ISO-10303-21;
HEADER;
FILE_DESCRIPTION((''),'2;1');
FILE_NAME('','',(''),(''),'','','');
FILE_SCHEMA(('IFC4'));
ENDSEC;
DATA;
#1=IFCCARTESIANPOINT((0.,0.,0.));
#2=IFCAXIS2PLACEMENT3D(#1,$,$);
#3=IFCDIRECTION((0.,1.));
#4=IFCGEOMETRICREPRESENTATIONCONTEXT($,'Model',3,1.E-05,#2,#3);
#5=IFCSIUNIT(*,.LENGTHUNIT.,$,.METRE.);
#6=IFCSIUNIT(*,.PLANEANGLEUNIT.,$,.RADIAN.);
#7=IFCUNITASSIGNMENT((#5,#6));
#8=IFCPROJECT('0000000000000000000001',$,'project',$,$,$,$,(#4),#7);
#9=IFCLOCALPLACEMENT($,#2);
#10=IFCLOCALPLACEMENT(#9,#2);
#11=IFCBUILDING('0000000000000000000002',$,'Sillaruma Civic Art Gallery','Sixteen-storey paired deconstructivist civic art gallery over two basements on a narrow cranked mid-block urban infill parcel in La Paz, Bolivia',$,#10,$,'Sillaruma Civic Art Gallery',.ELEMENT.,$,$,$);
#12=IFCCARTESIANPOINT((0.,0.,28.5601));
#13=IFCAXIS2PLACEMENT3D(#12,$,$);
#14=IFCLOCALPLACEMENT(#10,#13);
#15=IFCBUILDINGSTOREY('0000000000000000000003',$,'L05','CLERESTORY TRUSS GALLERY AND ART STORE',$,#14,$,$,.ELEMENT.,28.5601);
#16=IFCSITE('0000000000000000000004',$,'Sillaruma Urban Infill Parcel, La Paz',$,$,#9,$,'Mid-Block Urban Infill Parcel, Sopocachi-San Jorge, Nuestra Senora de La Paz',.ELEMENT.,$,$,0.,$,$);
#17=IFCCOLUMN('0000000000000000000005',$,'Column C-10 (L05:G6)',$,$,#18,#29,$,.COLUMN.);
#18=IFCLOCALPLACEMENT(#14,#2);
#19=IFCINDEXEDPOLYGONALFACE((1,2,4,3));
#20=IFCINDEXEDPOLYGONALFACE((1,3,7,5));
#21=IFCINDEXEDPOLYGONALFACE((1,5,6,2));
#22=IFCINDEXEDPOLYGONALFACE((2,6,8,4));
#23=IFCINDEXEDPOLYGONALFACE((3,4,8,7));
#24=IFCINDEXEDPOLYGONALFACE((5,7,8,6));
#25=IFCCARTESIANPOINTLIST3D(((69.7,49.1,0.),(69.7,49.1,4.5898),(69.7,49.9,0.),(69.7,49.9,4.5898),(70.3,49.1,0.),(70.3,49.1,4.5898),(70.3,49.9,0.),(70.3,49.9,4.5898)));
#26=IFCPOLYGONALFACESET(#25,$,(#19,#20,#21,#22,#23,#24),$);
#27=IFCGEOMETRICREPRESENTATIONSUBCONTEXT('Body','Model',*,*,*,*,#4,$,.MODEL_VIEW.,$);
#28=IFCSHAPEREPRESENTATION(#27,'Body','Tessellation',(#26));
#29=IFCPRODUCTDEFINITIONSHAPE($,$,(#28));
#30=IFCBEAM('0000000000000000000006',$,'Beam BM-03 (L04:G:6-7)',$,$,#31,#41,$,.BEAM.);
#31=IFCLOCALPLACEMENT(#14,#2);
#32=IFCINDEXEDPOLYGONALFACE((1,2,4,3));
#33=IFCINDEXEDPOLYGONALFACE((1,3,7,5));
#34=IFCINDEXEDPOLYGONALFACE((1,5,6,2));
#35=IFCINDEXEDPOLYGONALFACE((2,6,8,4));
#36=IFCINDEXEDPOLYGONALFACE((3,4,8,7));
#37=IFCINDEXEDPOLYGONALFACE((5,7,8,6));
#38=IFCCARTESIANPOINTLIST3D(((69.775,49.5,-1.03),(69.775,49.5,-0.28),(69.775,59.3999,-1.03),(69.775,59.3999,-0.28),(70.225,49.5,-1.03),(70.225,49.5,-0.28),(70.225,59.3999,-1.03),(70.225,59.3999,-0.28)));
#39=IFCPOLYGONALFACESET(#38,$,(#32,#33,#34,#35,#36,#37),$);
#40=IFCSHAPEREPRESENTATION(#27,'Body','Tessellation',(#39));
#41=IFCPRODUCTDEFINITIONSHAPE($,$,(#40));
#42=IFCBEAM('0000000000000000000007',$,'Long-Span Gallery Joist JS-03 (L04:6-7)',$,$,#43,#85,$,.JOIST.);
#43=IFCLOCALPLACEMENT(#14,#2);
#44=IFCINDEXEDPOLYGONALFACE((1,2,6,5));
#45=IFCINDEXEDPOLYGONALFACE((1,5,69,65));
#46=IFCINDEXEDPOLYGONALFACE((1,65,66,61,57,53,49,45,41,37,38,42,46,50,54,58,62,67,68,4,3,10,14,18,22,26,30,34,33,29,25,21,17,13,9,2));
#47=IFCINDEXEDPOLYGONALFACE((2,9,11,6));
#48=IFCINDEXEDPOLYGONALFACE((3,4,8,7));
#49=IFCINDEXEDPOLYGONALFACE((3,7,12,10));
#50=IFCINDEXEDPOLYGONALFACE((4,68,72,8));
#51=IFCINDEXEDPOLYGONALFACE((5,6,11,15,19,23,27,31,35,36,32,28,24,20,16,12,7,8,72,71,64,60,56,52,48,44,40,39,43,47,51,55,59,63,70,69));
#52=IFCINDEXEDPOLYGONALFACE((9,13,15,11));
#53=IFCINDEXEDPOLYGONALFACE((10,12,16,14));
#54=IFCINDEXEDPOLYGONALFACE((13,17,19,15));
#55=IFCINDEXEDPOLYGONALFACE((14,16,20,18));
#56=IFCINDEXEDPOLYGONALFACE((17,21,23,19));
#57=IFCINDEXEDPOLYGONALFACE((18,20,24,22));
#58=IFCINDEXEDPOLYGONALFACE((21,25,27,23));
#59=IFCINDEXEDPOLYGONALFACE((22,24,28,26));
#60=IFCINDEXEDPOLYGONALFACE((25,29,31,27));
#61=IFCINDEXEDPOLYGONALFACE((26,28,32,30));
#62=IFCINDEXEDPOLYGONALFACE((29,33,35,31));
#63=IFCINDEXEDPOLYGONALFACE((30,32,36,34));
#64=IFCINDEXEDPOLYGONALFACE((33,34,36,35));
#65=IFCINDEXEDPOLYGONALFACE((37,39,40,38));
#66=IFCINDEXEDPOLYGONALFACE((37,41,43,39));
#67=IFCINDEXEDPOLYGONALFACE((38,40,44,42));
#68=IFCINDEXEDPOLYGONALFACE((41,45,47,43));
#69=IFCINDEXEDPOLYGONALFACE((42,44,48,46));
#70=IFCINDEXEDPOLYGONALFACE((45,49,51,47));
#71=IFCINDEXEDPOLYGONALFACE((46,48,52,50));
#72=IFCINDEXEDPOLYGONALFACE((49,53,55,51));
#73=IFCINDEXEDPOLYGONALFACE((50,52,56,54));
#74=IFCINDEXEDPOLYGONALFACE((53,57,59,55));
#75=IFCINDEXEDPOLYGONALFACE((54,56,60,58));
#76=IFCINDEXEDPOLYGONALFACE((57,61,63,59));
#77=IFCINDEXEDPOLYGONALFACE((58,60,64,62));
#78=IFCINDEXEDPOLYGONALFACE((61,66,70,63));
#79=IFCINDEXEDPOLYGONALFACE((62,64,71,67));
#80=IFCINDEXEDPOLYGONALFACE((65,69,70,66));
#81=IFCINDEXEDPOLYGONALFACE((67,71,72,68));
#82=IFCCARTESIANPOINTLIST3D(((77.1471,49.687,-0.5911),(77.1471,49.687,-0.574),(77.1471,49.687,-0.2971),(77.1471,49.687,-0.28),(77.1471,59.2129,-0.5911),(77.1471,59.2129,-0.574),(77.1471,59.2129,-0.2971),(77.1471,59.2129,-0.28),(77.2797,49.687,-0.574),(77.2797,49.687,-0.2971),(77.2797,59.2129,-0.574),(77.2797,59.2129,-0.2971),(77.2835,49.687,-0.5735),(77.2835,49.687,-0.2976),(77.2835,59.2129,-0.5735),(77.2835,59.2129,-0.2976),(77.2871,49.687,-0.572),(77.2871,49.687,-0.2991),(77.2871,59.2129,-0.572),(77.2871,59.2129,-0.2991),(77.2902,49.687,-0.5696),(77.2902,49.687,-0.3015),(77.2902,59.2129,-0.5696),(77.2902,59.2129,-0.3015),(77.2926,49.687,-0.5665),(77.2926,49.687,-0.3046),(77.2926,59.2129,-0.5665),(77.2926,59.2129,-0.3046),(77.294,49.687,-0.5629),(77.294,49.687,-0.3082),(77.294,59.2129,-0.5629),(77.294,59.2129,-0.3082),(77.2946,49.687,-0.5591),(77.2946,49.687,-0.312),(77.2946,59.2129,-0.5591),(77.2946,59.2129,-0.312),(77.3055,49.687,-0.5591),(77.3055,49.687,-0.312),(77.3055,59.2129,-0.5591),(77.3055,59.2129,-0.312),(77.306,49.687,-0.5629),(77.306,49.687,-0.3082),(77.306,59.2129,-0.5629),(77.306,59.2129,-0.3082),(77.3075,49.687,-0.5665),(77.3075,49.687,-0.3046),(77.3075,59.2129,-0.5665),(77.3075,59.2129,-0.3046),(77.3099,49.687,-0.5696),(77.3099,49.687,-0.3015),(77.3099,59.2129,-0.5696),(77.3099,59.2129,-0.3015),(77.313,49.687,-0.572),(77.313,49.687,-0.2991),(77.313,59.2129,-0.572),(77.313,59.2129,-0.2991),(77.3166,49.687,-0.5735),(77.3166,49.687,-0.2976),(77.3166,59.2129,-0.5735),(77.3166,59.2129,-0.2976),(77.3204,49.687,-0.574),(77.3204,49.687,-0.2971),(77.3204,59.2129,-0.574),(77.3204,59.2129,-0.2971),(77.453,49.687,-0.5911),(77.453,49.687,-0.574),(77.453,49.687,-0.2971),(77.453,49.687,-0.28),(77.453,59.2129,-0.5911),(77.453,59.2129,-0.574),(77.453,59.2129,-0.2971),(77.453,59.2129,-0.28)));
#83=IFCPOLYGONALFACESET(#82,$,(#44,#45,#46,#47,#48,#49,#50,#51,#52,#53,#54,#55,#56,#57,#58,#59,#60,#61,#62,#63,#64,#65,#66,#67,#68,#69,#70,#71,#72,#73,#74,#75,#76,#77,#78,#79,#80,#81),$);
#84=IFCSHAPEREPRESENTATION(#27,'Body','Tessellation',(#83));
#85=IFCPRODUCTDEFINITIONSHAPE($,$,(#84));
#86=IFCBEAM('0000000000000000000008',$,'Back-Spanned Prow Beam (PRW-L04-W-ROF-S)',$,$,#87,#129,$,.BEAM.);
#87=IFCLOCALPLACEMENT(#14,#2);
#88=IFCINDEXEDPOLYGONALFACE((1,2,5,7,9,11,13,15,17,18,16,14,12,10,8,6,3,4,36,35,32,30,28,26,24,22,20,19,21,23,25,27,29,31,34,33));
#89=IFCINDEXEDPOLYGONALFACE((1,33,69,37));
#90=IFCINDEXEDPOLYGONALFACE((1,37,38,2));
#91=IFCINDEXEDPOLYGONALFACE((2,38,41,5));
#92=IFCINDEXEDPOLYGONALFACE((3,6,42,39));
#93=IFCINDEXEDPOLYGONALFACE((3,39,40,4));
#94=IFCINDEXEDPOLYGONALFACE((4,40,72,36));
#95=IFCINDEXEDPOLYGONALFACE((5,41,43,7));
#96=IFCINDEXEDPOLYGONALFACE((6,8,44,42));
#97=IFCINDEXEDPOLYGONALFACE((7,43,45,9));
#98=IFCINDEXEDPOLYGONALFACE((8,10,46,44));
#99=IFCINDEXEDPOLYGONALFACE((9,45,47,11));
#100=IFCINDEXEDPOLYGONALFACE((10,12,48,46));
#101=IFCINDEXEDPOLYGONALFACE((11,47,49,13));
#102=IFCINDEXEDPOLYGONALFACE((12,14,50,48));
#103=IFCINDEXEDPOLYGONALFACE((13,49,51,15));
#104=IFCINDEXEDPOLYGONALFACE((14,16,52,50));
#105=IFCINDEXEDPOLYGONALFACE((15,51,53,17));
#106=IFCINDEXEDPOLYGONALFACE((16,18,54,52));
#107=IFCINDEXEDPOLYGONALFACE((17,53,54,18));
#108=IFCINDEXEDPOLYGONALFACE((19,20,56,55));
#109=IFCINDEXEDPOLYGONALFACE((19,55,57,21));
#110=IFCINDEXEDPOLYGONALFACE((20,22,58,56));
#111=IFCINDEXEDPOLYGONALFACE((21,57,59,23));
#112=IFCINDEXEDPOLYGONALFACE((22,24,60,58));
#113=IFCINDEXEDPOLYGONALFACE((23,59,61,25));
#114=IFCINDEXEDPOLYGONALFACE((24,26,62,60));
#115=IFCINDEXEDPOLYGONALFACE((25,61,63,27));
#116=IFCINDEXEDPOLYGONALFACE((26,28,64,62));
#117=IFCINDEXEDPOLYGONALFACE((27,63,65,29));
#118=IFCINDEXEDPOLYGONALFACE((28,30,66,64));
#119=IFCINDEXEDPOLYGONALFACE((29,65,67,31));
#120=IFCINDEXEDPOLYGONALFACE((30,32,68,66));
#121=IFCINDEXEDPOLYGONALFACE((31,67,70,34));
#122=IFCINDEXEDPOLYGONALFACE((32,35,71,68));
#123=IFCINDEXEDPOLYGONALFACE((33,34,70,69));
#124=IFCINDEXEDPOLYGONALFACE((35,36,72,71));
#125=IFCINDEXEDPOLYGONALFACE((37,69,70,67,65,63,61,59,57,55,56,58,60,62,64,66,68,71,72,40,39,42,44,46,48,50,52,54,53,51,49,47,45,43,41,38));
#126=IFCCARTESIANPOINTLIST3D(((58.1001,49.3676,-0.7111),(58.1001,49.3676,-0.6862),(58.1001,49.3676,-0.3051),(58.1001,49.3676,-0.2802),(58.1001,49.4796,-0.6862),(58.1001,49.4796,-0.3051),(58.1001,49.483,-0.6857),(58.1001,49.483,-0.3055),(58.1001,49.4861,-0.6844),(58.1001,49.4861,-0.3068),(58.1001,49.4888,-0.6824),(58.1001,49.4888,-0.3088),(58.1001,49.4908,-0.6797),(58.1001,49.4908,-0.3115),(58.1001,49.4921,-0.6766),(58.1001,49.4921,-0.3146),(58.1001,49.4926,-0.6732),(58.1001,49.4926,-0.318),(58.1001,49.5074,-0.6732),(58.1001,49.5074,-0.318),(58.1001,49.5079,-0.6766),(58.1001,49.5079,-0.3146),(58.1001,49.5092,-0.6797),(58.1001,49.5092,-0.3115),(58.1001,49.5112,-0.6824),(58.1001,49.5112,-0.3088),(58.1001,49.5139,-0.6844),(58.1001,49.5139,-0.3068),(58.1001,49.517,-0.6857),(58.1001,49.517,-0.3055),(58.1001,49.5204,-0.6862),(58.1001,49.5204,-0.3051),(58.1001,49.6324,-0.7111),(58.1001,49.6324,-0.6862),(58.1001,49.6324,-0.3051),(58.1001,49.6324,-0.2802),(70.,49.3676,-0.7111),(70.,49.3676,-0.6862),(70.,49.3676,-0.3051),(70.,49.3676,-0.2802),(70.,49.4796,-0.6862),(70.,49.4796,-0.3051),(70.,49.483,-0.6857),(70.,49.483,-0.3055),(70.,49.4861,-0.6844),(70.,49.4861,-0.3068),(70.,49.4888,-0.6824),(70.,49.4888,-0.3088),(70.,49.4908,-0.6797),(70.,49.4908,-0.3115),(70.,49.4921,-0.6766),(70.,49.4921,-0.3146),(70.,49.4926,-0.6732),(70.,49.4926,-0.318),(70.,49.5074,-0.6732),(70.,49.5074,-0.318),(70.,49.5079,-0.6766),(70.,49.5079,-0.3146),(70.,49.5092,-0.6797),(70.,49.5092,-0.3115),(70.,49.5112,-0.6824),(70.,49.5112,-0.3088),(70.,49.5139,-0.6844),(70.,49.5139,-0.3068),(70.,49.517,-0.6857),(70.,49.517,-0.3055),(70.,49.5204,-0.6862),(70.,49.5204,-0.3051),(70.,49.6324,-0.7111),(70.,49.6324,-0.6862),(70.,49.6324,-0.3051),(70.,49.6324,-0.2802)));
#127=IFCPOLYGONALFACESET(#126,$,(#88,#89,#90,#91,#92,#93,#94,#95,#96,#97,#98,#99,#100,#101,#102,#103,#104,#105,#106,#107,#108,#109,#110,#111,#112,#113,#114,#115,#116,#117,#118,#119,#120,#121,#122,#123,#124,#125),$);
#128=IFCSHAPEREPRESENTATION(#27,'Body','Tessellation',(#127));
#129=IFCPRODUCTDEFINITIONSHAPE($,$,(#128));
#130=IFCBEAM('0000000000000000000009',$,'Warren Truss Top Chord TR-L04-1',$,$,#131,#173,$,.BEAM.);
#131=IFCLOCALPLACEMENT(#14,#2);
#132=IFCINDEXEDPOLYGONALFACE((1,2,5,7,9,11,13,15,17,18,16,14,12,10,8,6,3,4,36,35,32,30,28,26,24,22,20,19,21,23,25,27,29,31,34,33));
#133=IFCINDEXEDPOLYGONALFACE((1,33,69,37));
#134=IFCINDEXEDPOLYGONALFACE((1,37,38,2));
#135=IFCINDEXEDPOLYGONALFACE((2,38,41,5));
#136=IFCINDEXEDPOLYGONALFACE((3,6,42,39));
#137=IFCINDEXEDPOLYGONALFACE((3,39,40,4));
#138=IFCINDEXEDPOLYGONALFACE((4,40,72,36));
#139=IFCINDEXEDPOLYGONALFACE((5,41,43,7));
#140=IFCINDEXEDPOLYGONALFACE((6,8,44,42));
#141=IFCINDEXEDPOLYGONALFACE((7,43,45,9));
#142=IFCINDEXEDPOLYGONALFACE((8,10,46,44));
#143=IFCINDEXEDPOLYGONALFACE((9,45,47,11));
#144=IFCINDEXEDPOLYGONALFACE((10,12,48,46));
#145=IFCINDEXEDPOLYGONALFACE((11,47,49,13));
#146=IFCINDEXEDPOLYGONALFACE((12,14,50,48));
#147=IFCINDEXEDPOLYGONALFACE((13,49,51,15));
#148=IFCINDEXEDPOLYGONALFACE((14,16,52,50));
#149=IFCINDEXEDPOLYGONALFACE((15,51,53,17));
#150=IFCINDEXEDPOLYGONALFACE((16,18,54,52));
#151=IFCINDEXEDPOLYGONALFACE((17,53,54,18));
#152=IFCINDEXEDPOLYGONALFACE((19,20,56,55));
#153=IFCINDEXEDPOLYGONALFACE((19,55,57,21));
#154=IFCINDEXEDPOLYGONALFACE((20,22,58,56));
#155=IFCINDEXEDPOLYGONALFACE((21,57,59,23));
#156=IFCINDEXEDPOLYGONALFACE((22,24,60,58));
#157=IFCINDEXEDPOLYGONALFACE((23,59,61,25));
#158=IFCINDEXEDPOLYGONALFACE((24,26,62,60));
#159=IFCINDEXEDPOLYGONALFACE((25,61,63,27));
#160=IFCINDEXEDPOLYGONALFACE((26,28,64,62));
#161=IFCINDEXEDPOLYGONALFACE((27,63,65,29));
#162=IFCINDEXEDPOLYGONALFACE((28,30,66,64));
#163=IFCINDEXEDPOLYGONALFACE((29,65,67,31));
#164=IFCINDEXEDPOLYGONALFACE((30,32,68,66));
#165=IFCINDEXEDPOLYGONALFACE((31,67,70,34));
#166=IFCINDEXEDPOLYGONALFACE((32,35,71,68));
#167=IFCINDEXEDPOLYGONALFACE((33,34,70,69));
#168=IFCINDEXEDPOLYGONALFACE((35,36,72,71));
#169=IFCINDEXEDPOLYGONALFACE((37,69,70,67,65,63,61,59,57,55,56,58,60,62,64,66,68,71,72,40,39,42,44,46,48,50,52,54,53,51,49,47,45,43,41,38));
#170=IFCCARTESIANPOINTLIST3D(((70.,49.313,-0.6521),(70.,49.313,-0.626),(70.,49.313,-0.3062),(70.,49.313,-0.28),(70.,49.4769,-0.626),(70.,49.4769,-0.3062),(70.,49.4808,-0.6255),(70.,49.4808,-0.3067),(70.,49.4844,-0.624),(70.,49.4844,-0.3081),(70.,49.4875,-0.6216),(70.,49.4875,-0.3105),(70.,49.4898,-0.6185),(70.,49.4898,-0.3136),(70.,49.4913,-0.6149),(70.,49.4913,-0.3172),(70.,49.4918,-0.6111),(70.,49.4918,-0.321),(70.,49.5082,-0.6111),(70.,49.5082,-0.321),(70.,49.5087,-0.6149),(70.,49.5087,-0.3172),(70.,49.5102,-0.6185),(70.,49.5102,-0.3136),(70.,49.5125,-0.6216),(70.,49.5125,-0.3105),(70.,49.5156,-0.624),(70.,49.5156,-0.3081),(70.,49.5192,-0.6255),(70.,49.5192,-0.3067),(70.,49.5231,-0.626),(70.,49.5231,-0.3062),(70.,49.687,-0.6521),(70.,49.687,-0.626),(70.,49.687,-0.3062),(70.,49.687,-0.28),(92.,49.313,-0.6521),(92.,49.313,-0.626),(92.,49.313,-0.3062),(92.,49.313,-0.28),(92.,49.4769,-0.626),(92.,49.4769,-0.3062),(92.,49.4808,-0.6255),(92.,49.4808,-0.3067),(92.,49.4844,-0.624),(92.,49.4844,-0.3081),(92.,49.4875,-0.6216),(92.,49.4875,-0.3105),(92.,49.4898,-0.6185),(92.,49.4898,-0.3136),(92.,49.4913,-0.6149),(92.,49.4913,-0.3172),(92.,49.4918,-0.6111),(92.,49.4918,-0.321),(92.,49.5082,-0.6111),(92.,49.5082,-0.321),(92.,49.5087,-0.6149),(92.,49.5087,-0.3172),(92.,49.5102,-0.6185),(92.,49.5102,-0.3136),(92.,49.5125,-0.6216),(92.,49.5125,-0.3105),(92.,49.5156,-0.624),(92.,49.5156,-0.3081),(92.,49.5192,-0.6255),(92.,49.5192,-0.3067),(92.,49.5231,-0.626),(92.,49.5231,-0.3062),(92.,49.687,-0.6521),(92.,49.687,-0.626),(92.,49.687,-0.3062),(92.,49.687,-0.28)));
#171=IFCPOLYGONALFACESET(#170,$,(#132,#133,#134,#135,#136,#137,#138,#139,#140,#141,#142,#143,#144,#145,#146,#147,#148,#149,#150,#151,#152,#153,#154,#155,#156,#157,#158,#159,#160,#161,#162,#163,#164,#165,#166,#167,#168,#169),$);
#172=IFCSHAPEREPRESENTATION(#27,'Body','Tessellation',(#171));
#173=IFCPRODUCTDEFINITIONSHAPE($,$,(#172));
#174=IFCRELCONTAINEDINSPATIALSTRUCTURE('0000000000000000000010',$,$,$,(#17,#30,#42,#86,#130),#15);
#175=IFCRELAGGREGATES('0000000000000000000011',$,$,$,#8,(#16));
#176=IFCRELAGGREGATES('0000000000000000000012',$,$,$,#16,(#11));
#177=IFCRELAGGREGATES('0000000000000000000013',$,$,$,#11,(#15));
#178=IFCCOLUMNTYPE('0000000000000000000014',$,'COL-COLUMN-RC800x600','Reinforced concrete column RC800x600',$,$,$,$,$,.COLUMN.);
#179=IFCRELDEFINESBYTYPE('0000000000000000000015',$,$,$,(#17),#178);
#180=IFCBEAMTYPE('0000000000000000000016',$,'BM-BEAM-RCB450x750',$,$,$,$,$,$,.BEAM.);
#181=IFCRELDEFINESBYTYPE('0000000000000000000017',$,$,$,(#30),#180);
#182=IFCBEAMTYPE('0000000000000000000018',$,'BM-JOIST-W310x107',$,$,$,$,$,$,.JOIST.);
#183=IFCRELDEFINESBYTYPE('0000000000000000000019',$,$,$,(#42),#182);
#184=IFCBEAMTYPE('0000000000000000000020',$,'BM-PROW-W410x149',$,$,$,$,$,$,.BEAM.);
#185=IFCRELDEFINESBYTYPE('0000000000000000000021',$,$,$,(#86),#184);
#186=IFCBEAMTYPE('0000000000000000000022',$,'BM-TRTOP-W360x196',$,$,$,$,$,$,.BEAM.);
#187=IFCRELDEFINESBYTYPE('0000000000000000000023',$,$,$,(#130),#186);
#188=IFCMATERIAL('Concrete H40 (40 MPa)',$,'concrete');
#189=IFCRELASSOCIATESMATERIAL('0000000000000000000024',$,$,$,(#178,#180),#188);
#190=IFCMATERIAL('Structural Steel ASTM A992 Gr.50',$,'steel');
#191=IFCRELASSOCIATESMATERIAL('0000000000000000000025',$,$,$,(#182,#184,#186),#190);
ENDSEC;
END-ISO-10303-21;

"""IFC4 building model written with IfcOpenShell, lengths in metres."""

from ifc_helpers import new_model, si_unit, direction, frame, origin, origin_2d, place, context, subcontext, project, spatial, rectangle, i_section, extrude, material, material_profile, profile_set, type_object, element, save


model = new_model("IFC4")

# Units and contexts
model_context = context("Model", 3, precision=1e-05, world=origin(), true_north=direction((0.0, 1.0)))
body_context = subcontext(model_context, "Body", "Model", "MODEL_VIEW")
ifc_project = project(units=[si_unit("LENGTHUNIT", "METRE"), si_unit("PLANEANGLEUNIT", "RADIAN")], contexts=[model_context])

# Site, building, storey
site_placement = place(None, origin())
site = spatial("IfcSite", under=ifc_project, at=site_placement, Name="Sillaruma Urban Infill Parcel, La Paz", LongName="Mid-Block Urban Infill Parcel, Sopocachi-San Jorge, Nuestra Senora de La Paz", CompositionType="ELEMENT", RefElevation=0.0)
building_placement = place(site_placement, origin())
building = spatial("IfcBuilding", under=site, at=building_placement, Name="Sillaruma Civic Art Gallery", Description="Sixteen-storey paired deconstructivist civic art gallery over two basements on a narrow cranked mid-block urban infill parcel in La Paz, Bolivia", LongName="Sillaruma Civic Art Gallery", CompositionType="ELEMENT")
storey_placement = place(building_placement, frame((0.0, 0.0, 28.5601)))
storey = spatial("IfcBuildingStorey", under=building, at=storey_placement, Name="L05", Description="CLERESTORY TRUSS GALLERY AND ART STORE", CompositionType="ELEMENT", Elevation=28.5601)

# Column
ifc_material_1 = material(Name="Concrete H40 (40 MPa)", Category="concrete")
ifc_material_profile_1 = material_profile(ifc_material_1, rectangle(XDim=0.6001, YDim=0.8, at=origin_2d()), Name="RC800x600")
ifc_profile_set_1 = profile_set([ifc_material_profile_1], Name="Concrete H40 (40 MPa)")
column_type = type_object("IfcColumnType", Name="COL-COLUMN-RC800x600", Description="Reinforced concrete column RC800x600", PredefinedType="COLUMN", material=ifc_profile_set_1)
column_placement = place(storey_placement, frame((70.0, 49.5, 0.0), z_axis=(0.0, 0.0, 1.0), x_axis=(1.0, 0.0, 0.0)))
element("IfcColumn", 1, at=column_placement, inside=storey, type_object=column_type, Name="Column C-10 (L05:G6)", PredefinedType="COLUMN", context=body_context, shape_type="SweptSolid", body=[
    extrude(rectangle(XDim=0.6001, YDim=0.8, at=origin_2d()), origin(), (0.0, 0.0, 1.0), 4.5898),
])

# Beams
ifc_material_profile_2 = material_profile(ifc_material_1, rectangle(XDim=0.45, YDim=0.75, at=origin_2d()), Name="RCB450x750")
ifc_profile_set_2 = profile_set([ifc_material_profile_2], Name="Concrete H40 (40 MPa)")
beam_type_1 = type_object("IfcBeamType", Name="BM-BEAM-RCB450x750", PredefinedType="BEAM", material=ifc_profile_set_2)
beam_1_placement = place(storey_placement, frame((70.0, 49.5, -0.655), z_axis=(0.0, 1.0, 0.0), x_axis=(-1.0, 0.0, 0.0)))
element("IfcBeam", 2, at=beam_1_placement, inside=storey, type_object=beam_type_1, Name="Beam BM-03 (L04:G:6-7)", PredefinedType="BEAM", context=body_context, shape_type="SweptSolid", body=[
    extrude(rectangle(XDim=0.45, YDim=0.75, at=origin_2d()), origin(), (0.0, 0.0, 1.0), 9.8999),
])
ifc_material_2 = material(Name="Structural Steel ASTM A992 Gr.50", Category="steel")
ifc_material_profile_3 = material_profile(ifc_material_2, i_section(OverallWidth=0.3059, OverallDepth=0.311, WebThickness=0.011, FlangeThickness=0.0171, FilletRadius=0.0149, at=origin_2d()), Name="W310x107")
ifc_profile_set_3 = profile_set([ifc_material_profile_3], Name="Structural Steel ASTM A992 Gr.50")
beam_type_2 = type_object("IfcBeamType", Name="BM-JOIST-W310x107", PredefinedType="JOIST", material=ifc_profile_set_3)
beam_2_placement = place(storey_placement, frame((77.3, 49.687, -0.4355), z_axis=(0.0, 1.0, 0.0), x_axis=(-1.0, 0.0, 0.0)))
element("IfcBeam", 3, at=beam_2_placement, inside=storey, type_object=beam_type_2, Name="Long-Span Gallery Joist JS-03 (L04:6-7)", PredefinedType="JOIST", context=body_context, shape_type="SweptSolid", body=[
    extrude(i_section(OverallWidth=0.3059, OverallDepth=0.311, WebThickness=0.011, FlangeThickness=0.0171, FilletRadius=0.0149, at=origin_2d()), origin(), (0.0, 0.0, 1.0), 9.5259),
])
ifc_material_profile_4 = material_profile(ifc_material_2, i_section(OverallWidth=0.2649, OverallDepth=0.4309, WebThickness=0.0149, FlangeThickness=0.0249, FilletRadius=0.0129, at=origin_2d()), Name="W410x149")
ifc_profile_set_4 = profile_set([ifc_material_profile_4], Name="Structural Steel ASTM A992 Gr.50")
beam_type_3 = type_object("IfcBeamType", Name="BM-PROW-W410x149", PredefinedType="BEAM", material=ifc_profile_set_4)
beam_3_placement = place(storey_placement, frame((70.0, 49.5, -0.4956), z_axis=(-1.0, 0.0, 0.0), x_axis=(0.0, -1.0, 0.0)))
element("IfcBeam", 4, at=beam_3_placement, inside=storey, type_object=beam_type_3, Name="Back-Spanned Prow Beam (PRW-L04-W-ROF-S)", PredefinedType="BEAM", context=body_context, shape_type="SweptSolid", body=[
    extrude(i_section(OverallWidth=0.2649, OverallDepth=0.4309, WebThickness=0.0149, FlangeThickness=0.0249, FilletRadius=0.0129, at=origin_2d()), origin(), (0.0, 0.0, 1.0), 11.8999),
])
ifc_material_profile_5 = material_profile(ifc_material_2, i_section(OverallWidth=0.374, OverallDepth=0.3721, WebThickness=0.0164, FlangeThickness=0.0261, FilletRadius=0.0149, at=origin_2d()), Name="W360x196")
ifc_profile_set_5 = profile_set([ifc_material_profile_5], Name="Structural Steel ASTM A992 Gr.50")
beam_type_4 = type_object("IfcBeamType", Name="BM-TRTOP-W360x196", PredefinedType="BEAM", material=ifc_profile_set_5)
beam_4_placement = place(storey_placement, frame((70.0, 49.5, -0.4661), z_axis=(1.0, 0.0, 0.0), x_axis=(0.0, 1.0, 0.0)))
element("IfcBeam", 5, at=beam_4_placement, inside=storey, type_object=beam_type_4, Name="Warren Truss Top Chord TR-L04-1", PredefinedType="BEAM", context=body_context, shape_type="SweptSolid", body=[
    extrude(i_section(OverallWidth=0.374, OverallDepth=0.3721, WebThickness=0.0164, FlangeThickness=0.0261, FilletRadius=0.0149, at=origin_2d()), origin(), (0.0, 0.0, 1.0), 22.0),
])

save(model, "model.ifc")
